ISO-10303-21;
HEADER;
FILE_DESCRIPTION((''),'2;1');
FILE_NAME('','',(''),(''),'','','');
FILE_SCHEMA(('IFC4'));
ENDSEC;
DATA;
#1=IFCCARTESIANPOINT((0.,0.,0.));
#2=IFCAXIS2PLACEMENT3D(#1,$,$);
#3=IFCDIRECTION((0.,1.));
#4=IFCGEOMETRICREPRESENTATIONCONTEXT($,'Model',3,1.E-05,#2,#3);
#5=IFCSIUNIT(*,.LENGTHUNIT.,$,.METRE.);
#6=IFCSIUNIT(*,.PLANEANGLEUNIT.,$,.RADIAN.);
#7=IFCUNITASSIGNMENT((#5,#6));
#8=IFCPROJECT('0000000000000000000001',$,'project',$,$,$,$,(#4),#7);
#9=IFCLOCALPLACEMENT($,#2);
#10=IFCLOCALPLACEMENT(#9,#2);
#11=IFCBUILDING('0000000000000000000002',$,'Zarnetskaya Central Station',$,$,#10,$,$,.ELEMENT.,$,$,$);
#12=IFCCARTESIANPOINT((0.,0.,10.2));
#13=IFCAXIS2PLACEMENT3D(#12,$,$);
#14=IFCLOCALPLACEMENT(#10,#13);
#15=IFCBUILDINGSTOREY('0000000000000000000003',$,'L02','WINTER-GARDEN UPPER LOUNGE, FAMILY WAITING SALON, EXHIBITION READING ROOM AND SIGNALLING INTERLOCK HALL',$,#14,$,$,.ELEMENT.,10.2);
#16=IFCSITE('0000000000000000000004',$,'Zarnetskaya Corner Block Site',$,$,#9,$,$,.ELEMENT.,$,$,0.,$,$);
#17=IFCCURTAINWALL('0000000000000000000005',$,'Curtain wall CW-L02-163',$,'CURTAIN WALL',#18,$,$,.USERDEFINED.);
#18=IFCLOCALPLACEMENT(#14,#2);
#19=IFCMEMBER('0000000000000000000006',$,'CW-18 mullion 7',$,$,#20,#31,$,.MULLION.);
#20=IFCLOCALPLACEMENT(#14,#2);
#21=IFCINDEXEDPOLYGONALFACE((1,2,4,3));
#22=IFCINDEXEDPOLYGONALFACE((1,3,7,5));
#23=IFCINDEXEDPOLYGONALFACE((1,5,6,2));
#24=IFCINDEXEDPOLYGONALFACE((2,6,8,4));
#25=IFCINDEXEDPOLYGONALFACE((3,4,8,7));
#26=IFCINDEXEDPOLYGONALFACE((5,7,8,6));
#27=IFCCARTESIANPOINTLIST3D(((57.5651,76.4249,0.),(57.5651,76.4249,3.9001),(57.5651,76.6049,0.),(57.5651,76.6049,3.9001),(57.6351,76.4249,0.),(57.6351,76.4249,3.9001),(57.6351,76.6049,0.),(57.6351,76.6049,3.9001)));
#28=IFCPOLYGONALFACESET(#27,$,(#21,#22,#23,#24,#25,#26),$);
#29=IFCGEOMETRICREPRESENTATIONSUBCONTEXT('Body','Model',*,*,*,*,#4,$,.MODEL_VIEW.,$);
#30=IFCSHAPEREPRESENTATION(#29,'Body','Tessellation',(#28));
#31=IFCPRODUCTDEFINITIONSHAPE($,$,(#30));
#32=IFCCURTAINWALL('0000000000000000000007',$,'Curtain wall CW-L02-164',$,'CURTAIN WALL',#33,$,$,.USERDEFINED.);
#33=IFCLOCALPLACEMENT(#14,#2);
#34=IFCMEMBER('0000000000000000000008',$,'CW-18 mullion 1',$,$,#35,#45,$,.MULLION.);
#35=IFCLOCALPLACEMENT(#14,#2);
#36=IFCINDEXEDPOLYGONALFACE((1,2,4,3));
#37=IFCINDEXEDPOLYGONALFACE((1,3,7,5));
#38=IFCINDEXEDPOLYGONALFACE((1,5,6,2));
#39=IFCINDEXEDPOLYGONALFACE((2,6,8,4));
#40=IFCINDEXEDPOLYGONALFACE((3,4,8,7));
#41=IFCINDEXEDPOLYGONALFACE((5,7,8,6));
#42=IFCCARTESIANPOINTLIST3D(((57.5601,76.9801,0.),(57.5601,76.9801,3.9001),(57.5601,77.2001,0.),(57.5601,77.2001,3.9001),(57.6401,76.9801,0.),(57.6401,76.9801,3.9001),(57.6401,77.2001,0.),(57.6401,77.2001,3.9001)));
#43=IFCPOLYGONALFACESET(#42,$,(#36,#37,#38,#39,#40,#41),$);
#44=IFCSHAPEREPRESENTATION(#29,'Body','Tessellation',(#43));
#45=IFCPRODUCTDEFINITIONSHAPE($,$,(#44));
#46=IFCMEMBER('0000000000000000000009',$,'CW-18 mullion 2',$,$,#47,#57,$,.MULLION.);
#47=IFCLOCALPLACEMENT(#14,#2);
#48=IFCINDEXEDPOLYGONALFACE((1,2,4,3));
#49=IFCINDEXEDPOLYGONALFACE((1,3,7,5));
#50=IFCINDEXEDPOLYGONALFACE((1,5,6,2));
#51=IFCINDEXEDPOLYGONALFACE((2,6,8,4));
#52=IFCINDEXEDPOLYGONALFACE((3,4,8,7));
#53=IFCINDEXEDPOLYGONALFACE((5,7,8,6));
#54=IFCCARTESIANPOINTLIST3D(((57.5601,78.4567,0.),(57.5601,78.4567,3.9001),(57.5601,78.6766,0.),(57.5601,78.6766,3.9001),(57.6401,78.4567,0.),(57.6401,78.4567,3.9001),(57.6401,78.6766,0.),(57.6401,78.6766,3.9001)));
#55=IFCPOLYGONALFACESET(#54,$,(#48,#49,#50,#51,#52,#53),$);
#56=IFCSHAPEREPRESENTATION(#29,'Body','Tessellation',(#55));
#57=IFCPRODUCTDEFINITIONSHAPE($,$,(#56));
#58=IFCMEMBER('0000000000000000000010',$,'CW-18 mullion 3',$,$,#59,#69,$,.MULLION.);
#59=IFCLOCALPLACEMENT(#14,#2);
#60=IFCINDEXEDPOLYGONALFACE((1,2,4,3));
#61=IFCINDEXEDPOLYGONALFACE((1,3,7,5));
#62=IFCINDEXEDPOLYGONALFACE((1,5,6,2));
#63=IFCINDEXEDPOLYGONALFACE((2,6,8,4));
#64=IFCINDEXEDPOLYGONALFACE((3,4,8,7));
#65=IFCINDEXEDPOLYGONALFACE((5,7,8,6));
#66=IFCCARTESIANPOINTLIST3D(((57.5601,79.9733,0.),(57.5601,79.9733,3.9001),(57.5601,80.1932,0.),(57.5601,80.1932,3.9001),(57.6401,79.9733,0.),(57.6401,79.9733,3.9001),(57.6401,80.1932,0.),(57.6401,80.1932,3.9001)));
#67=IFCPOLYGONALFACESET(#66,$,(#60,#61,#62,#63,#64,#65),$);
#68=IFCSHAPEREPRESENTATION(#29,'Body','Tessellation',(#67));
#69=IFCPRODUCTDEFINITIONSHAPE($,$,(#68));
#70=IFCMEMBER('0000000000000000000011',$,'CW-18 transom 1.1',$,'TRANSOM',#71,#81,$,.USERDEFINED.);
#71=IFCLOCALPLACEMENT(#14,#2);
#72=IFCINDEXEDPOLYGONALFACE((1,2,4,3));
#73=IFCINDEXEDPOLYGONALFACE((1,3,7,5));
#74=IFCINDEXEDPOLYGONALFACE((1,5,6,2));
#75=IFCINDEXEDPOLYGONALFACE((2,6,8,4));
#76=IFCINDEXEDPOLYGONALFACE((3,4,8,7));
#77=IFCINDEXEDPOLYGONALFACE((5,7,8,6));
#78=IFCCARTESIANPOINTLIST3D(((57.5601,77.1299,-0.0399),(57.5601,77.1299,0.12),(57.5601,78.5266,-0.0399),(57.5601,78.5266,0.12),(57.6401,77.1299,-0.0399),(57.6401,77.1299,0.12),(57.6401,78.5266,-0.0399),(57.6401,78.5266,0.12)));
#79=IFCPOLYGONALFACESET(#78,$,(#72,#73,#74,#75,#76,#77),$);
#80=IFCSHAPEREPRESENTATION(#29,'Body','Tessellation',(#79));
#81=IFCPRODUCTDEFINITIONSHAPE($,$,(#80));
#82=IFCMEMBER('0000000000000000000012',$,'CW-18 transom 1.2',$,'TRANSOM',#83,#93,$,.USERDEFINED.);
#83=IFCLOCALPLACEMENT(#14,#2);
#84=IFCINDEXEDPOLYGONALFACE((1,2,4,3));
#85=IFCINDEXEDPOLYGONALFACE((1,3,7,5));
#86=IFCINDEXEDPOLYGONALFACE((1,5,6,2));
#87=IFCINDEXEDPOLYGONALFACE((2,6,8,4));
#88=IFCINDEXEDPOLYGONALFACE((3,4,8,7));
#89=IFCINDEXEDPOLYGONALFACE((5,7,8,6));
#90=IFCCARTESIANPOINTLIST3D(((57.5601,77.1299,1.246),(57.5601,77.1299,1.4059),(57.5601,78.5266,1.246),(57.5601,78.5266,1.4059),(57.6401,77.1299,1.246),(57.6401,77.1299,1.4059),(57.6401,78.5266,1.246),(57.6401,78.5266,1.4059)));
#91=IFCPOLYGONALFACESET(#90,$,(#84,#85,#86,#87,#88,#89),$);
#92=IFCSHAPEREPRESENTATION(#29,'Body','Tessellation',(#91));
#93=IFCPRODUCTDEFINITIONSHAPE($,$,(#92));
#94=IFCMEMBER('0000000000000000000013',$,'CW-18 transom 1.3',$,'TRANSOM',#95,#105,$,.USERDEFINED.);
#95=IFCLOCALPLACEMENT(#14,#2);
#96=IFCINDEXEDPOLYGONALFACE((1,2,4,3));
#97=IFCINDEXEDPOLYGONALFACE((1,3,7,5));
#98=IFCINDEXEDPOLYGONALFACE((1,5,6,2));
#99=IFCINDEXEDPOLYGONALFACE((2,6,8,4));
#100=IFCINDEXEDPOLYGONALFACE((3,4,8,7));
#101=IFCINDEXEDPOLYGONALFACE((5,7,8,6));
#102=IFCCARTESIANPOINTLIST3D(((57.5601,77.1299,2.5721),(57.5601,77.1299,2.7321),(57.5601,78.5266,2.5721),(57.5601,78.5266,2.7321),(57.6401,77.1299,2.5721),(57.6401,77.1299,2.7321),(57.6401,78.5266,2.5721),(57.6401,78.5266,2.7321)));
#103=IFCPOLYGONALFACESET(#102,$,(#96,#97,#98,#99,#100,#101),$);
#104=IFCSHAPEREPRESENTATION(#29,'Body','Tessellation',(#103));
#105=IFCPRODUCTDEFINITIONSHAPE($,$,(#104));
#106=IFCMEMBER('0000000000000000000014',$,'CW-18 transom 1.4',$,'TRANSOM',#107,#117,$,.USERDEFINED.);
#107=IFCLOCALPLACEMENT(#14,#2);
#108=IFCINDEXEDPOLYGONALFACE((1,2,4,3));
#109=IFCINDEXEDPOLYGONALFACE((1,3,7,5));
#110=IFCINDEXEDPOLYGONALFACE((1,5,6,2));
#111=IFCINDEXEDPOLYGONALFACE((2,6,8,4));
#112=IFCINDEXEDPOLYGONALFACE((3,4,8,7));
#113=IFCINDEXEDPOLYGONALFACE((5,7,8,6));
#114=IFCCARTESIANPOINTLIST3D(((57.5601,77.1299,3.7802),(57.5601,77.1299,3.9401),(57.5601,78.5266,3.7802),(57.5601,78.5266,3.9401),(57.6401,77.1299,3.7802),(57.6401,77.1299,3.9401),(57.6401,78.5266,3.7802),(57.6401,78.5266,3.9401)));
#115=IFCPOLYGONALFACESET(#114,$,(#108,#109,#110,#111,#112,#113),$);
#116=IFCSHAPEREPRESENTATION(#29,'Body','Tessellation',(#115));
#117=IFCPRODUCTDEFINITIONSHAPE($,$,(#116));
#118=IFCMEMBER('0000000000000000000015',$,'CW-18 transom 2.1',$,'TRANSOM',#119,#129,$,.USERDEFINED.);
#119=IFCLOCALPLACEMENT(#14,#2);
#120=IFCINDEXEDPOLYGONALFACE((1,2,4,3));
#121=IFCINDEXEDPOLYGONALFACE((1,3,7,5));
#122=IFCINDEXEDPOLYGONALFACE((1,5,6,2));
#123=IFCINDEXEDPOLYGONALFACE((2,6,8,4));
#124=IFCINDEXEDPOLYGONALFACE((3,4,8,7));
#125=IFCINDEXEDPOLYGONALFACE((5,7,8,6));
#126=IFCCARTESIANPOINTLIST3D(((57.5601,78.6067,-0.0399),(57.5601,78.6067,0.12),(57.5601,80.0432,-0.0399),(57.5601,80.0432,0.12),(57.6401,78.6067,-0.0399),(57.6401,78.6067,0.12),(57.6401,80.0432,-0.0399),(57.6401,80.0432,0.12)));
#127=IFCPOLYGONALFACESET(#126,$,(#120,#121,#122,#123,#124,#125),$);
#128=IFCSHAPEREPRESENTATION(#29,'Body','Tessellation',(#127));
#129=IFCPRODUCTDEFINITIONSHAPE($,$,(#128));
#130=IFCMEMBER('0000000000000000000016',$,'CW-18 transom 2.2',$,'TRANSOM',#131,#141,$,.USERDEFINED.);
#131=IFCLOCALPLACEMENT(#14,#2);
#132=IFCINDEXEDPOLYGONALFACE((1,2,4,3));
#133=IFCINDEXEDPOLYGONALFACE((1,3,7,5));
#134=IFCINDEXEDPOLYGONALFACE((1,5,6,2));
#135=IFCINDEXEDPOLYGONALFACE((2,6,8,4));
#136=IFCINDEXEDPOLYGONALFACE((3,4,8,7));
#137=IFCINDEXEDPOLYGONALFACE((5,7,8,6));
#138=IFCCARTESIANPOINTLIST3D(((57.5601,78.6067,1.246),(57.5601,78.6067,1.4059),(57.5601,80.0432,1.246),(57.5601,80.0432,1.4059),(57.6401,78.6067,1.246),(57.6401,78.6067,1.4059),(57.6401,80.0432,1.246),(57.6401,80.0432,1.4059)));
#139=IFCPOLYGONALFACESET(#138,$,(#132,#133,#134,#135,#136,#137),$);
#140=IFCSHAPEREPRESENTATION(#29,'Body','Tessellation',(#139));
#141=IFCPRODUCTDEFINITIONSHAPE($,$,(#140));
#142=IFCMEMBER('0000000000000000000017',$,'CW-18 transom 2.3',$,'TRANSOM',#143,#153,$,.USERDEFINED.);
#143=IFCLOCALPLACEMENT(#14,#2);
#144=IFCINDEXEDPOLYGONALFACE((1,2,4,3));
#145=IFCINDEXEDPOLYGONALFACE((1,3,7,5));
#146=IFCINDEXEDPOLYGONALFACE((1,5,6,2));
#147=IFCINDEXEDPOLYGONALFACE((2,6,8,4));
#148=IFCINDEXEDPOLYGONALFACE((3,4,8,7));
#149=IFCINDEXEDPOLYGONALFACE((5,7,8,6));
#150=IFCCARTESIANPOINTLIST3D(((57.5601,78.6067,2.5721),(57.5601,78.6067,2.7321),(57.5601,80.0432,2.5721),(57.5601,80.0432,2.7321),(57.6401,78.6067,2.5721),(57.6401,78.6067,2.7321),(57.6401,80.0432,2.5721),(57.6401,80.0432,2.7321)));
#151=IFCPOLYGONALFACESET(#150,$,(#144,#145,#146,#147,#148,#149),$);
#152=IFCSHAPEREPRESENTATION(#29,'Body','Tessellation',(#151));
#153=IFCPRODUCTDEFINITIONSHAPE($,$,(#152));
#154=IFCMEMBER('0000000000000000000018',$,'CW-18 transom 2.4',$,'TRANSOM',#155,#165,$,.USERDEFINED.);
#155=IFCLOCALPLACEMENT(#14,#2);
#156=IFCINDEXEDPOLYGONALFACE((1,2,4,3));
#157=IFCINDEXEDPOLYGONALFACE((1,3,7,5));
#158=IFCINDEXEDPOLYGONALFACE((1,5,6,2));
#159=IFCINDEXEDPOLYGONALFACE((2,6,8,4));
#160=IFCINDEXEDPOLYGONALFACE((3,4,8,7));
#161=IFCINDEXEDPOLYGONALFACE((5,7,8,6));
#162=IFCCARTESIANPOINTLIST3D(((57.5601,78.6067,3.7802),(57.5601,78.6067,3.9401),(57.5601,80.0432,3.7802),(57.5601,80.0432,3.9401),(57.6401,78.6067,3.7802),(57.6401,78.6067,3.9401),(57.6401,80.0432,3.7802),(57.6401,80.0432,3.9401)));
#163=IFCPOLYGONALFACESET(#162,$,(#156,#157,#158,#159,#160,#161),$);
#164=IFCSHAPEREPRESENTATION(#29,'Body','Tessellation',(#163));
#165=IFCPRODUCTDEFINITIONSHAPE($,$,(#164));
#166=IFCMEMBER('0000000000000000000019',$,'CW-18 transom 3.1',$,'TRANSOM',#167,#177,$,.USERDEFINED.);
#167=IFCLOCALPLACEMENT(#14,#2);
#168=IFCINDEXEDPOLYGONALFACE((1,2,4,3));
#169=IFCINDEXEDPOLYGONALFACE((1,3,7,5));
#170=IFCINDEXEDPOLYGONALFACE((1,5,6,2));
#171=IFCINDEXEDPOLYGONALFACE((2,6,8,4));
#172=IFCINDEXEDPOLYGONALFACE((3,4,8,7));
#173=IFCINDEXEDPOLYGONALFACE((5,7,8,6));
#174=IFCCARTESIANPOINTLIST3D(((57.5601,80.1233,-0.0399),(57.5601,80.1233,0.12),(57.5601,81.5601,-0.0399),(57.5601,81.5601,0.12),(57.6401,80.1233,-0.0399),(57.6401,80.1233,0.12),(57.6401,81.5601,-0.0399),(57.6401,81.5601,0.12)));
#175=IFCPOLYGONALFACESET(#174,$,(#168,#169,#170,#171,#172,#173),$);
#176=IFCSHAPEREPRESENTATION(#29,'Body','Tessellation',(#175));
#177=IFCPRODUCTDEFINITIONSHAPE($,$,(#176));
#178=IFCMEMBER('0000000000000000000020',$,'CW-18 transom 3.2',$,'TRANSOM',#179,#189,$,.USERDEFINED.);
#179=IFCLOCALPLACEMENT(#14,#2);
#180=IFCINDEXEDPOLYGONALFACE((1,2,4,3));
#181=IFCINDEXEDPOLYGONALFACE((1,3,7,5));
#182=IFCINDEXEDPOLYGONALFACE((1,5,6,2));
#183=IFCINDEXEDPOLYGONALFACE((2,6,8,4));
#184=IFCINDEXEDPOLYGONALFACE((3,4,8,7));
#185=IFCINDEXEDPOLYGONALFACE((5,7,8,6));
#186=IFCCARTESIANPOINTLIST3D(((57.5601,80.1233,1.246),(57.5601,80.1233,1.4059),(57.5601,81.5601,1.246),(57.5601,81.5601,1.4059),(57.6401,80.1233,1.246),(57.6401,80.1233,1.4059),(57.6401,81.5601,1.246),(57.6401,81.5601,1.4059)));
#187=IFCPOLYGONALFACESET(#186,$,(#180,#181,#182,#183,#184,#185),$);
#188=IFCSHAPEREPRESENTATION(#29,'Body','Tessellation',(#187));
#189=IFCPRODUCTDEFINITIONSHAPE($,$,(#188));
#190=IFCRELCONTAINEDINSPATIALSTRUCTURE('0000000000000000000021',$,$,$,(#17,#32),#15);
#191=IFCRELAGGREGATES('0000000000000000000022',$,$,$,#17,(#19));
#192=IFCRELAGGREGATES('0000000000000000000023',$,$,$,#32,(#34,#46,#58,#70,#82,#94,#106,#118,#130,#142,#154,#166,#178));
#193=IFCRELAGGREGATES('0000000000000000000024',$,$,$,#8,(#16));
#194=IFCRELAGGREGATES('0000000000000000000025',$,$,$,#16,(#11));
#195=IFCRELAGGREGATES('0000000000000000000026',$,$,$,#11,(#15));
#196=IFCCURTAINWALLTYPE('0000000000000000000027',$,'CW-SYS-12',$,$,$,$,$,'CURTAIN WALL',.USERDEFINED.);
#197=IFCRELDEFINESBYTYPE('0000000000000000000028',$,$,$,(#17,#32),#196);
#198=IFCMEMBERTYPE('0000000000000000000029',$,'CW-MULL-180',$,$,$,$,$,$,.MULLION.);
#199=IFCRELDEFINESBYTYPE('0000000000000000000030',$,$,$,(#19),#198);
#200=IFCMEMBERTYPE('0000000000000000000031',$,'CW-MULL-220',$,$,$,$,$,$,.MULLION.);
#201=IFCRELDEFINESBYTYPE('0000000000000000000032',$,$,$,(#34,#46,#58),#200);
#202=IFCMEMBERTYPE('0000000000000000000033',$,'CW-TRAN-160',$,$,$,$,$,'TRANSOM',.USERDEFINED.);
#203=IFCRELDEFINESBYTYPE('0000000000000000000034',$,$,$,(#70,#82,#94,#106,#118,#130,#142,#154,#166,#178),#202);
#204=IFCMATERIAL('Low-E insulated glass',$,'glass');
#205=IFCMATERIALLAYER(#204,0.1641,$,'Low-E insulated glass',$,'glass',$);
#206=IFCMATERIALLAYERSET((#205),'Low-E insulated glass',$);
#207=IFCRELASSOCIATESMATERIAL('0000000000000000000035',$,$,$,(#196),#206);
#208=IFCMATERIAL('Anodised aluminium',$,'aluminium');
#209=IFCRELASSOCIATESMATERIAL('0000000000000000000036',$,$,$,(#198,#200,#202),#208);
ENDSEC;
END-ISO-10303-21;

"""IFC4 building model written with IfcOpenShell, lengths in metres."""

from ifc_helpers import new_model, si_unit, direction, frame, origin, origin_2d, place, context, subcontext, project, spatial, rectangle, extrude, material, layer, layer_set, material_profile, profile_set, type_object, element, aggregate, save


model = new_model("IFC4")

# Units and contexts
model_context = context("Model", 3, precision=1e-05, world=origin(), true_north=direction((0.0, 1.0)))
body_context = subcontext(model_context, "Body", "Model", "MODEL_VIEW")
ifc_project = project(units=[si_unit("LENGTHUNIT", "METRE"), si_unit("PLANEANGLEUNIT", "RADIAN")], contexts=[model_context])

# Site, building, storey
site_placement = place(None, origin())
site = spatial("IfcSite", under=ifc_project, at=site_placement, Name="Zarnetskaya Corner Block Site", CompositionType="ELEMENT", RefElevation=0.0)
building_placement = place(site_placement, origin())
building = spatial("IfcBuilding", under=site, at=building_placement, Name="Zarnetskaya Central Station", CompositionType="ELEMENT")
storey_placement = place(building_placement, frame((0.0, 0.0, 10.2)))
storey = spatial("IfcBuildingStorey", under=building, at=storey_placement, Name="L02", Description="WINTER-GARDEN UPPER LOUNGE, FAMILY WAITING SALON, EXHIBITION READING ROOM AND SIGNALLING INTERLOCK HALL", CompositionType="ELEMENT", Elevation=10.2)

# Curtain wall, member
ifc_material_1 = material(Name="Low-E insulated glass", Category="glass")
ifc_layer_1 = layer(ifc_material_1, 0.1641, Name="Low-E insulated glass", Category="glass")
ifc_layer_set_1 = layer_set([ifc_layer_1], Name="Low-E insulated glass")
curtain_wall_type = type_object("IfcCurtainWallType", Name="CW-SYS-12", ElementType="CURTAIN WALL", PredefinedType="USERDEFINED", material=ifc_layer_set_1)
curtain_wall_1_placement = place(storey_placement, origin())
curtain_wall_1 = element("IfcCurtainWall", 1, at=curtain_wall_1_placement, inside=storey, type_object=curtain_wall_type, Name="Curtain wall CW-L02-163", ObjectType="CURTAIN WALL", PredefinedType="USERDEFINED")
ifc_material_2 = material(Name="Anodised aluminium", Category="aluminium")
ifc_material_profile_1 = material_profile(ifc_material_2, rectangle(XDim=0.0701, YDim=0.1799, at=origin_2d()), Name="ALU MULL 70x180")
ifc_profile_set_1 = profile_set([ifc_material_profile_1], Name="Anodised aluminium")
member_type_1 = type_object("IfcMemberType", Name="CW-MULL-180", PredefinedType="MULLION", material=ifc_profile_set_1)
member_1_placement = place(storey_placement, frame((57.6001, 76.5149, 0.0), z_axis=(0.0, 0.0, 1.0), x_axis=(-1.0, 0.0, 0.0)))
member_1 = element("IfcMember", 2, at=member_1_placement, type_object=member_type_1, Name="CW-18 mullion 7", PredefinedType="MULLION", context=body_context, shape_type="SweptSolid", body=[
    extrude(rectangle(XDim=0.0701, YDim=0.1799, at=origin_2d()), origin(), (0.0, 0.0, 1.0), 3.9001),
])

# Curtain wall, members
curtain_wall_2_placement = place(storey_placement, origin())
curtain_wall_2 = element("IfcCurtainWall", 3, at=curtain_wall_2_placement, inside=storey, type_object=curtain_wall_type, Name="Curtain wall CW-L02-164", ObjectType="CURTAIN WALL", PredefinedType="USERDEFINED")
ifc_material_profile_2 = material_profile(ifc_material_2, rectangle(XDim=0.0801, YDim=0.22, at=origin_2d()), Name="ALU MULL 80x220")
ifc_profile_set_2 = profile_set([ifc_material_profile_2], Name="Anodised aluminium")
member_type_2 = type_object("IfcMemberType", Name="CW-MULL-220", PredefinedType="MULLION", material=ifc_profile_set_2)
member_2_placement = place(storey_placement, frame((57.6001, 77.0901, 0.0), z_axis=(0.0, 0.0, 1.0), x_axis=(-1.0, 0.0, 0.0)))
member_2 = element("IfcMember", 4, at=member_2_placement, type_object=member_type_2, Name="CW-18 mullion 1", PredefinedType="MULLION", context=body_context, shape_type="SweptSolid", body=[
    extrude(rectangle(XDim=0.0801, YDim=0.22, at=origin_2d()), origin(), (0.0, 0.0, 1.0), 3.9001),
])
member_3_placement = place(storey_placement, frame((57.6001, 78.5667, 0.0), z_axis=(0.0, 0.0, 1.0), x_axis=(-1.0, 0.0, 0.0)))
member_3 = element("IfcMember", 5, at=member_3_placement, type_object=member_type_2, Name="CW-18 mullion 2", PredefinedType="MULLION", context=body_context, shape_type="SweptSolid", body=[
    extrude(rectangle(XDim=0.0801, YDim=0.22, at=origin_2d()), origin(), (0.0, 0.0, 1.0), 3.9001),
])
member_4_placement = place(storey_placement, frame((57.6001, 80.0833, 0.0), z_axis=(0.0, 0.0, 1.0), x_axis=(-1.0, 0.0, 0.0)))
member_4 = element("IfcMember", 6, at=member_4_placement, type_object=member_type_2, Name="CW-18 mullion 3", PredefinedType="MULLION", context=body_context, shape_type="SweptSolid", body=[
    extrude(rectangle(XDim=0.0801, YDim=0.22, at=origin_2d()), origin(), (0.0, 0.0, 1.0), 3.9001),
])
ifc_material_profile_3 = material_profile(ifc_material_2, rectangle(XDim=0.0801, YDim=0.1599, at=origin_2d()), Name="ALU TRAN 80x160")
ifc_profile_set_3 = profile_set([ifc_material_profile_3], Name="Anodised aluminium")
member_type_3 = type_object("IfcMemberType", Name="CW-TRAN-160", ElementType="TRANSOM", PredefinedType="USERDEFINED", material=ifc_profile_set_3)
member_5_placement = place(storey_placement, frame((57.6001, 77.1299, 0.04), z_axis=(0.0, 1.0, 0.0), x_axis=(-1.0, 0.0, 0.0)))
member_5 = element("IfcMember", 7, at=member_5_placement, type_object=member_type_3, Name="CW-18 transom 1.1", ObjectType="TRANSOM", PredefinedType="USERDEFINED", context=body_context, shape_type="SweptSolid", body=[
    extrude(rectangle(XDim=0.0801, YDim=0.1599, at=origin_2d()), origin(), (0.0, 0.0, 1.0), 1.3967),
])
member_6_placement = place(storey_placement, frame((57.6001, 77.1299, 1.3259), z_axis=(0.0, 1.0, 0.0), x_axis=(-1.0, 0.0, 0.0)))
member_6 = element("IfcMember", 8, at=member_6_placement, type_object=member_type_3, Name="CW-18 transom 1.2", ObjectType="TRANSOM", PredefinedType="USERDEFINED", context=body_context, shape_type="SweptSolid", body=[
    extrude(rectangle(XDim=0.0801, YDim=0.1599, at=origin_2d()), origin(), (0.0, 0.0, 1.0), 1.3967),
])
member_7_placement = place(storey_placement, frame((57.6001, 77.1299, 2.6521), z_axis=(0.0, 1.0, 0.0), x_axis=(-1.0, 0.0, 0.0)))
member_7 = element("IfcMember", 9, at=member_7_placement, type_object=member_type_3, Name="CW-18 transom 1.3", ObjectType="TRANSOM", PredefinedType="USERDEFINED", context=body_context, shape_type="SweptSolid", body=[
    extrude(rectangle(XDim=0.0801, YDim=0.1599, at=origin_2d()), origin(), (0.0, 0.0, 1.0), 1.3967),
])
member_8_placement = place(storey_placement, frame((57.6001, 77.1299, 3.8601), z_axis=(0.0, 1.0, 0.0), x_axis=(-1.0, 0.0, 0.0)))
member_8 = element("IfcMember", 10, at=member_8_placement, type_object=member_type_3, Name="CW-18 transom 1.4", ObjectType="TRANSOM", PredefinedType="USERDEFINED", context=body_context, shape_type="SweptSolid", body=[
    extrude(rectangle(XDim=0.0801, YDim=0.1599, at=origin_2d()), origin(), (0.0, 0.0, 1.0), 1.3967),
])
member_9_placement = place(storey_placement, frame((57.6001, 78.6067, 0.04), z_axis=(0.0, 1.0, 0.0), x_axis=(-1.0, 0.0, 0.0)))
member_9 = element("IfcMember", 11, at=member_9_placement, type_object=member_type_3, Name="CW-18 transom 2.1", ObjectType="TRANSOM", PredefinedType="USERDEFINED", context=body_context, shape_type="SweptSolid", body=[
    extrude(rectangle(XDim=0.0801, YDim=0.1599, at=origin_2d()), origin(), (0.0, 0.0, 1.0), 1.4365),
])
member_10_placement = place(storey_placement, frame((57.6001, 78.6067, 1.3259), z_axis=(0.0, 1.0, 0.0), x_axis=(-1.0, 0.0, 0.0)))
member_10 = element("IfcMember", 12, at=member_10_placement, type_object=member_type_3, Name="CW-18 transom 2.2", ObjectType="TRANSOM", PredefinedType="USERDEFINED", context=body_context, shape_type="SweptSolid", body=[
    extrude(rectangle(XDim=0.0801, YDim=0.1599, at=origin_2d()), origin(), (0.0, 0.0, 1.0), 1.4365),
])
member_11_placement = place(storey_placement, frame((57.6001, 78.6067, 2.6521), z_axis=(0.0, 1.0, 0.0), x_axis=(-1.0, 0.0, 0.0)))
member_11 = element("IfcMember", 13, at=member_11_placement, type_object=member_type_3, Name="CW-18 transom 2.3", ObjectType="TRANSOM", PredefinedType="USERDEFINED", context=body_context, shape_type="SweptSolid", body=[
    extrude(rectangle(XDim=0.0801, YDim=0.1599, at=origin_2d()), origin(), (0.0, 0.0, 1.0), 1.4365),
])
member_12_placement = place(storey_placement, frame((57.6001, 78.6067, 3.8601), z_axis=(0.0, 1.0, 0.0), x_axis=(-1.0, 0.0, 0.0)))
member_12 = element("IfcMember", 14, at=member_12_placement, type_object=member_type_3, Name="CW-18 transom 2.4", ObjectType="TRANSOM", PredefinedType="USERDEFINED", context=body_context, shape_type="SweptSolid", body=[
    extrude(rectangle(XDim=0.0801, YDim=0.1599, at=origin_2d()), origin(), (0.0, 0.0, 1.0), 1.4365),
])
member_13_placement = place(storey_placement, frame((57.6001, 80.1233, 0.04), z_axis=(0.0, 1.0, 0.0), x_axis=(-1.0, 0.0, 0.0)))
member_13 = element("IfcMember", 15, at=member_13_placement, type_object=member_type_3, Name="CW-18 transom 3.1", ObjectType="TRANSOM", PredefinedType="USERDEFINED", context=body_context, shape_type="SweptSolid", body=[
    extrude(rectangle(XDim=0.0801, YDim=0.1599, at=origin_2d()), origin(), (0.0, 0.0, 1.0), 1.4368),
])
member_14_placement = place(storey_placement, frame((57.6001, 80.1233, 1.3259), z_axis=(0.0, 1.0, 0.0), x_axis=(-1.0, 0.0, 0.0)))
member_14 = element("IfcMember", 16, at=member_14_placement, type_object=member_type_3, Name="CW-18 transom 3.2", ObjectType="TRANSOM", PredefinedType="USERDEFINED", context=body_context, shape_type="SweptSolid", body=[
    extrude(rectangle(XDim=0.0801, YDim=0.1599, at=origin_2d()), origin(), (0.0, 0.0, 1.0), 1.4368),
])

aggregate(curtain_wall_1, [member_1])
aggregate(curtain_wall_2, [member_2, member_3, member_4, member_5, member_6, member_7, member_8, member_9, member_10, member_11, member_12, member_13, member_14])

save(model, "model.ifc")
